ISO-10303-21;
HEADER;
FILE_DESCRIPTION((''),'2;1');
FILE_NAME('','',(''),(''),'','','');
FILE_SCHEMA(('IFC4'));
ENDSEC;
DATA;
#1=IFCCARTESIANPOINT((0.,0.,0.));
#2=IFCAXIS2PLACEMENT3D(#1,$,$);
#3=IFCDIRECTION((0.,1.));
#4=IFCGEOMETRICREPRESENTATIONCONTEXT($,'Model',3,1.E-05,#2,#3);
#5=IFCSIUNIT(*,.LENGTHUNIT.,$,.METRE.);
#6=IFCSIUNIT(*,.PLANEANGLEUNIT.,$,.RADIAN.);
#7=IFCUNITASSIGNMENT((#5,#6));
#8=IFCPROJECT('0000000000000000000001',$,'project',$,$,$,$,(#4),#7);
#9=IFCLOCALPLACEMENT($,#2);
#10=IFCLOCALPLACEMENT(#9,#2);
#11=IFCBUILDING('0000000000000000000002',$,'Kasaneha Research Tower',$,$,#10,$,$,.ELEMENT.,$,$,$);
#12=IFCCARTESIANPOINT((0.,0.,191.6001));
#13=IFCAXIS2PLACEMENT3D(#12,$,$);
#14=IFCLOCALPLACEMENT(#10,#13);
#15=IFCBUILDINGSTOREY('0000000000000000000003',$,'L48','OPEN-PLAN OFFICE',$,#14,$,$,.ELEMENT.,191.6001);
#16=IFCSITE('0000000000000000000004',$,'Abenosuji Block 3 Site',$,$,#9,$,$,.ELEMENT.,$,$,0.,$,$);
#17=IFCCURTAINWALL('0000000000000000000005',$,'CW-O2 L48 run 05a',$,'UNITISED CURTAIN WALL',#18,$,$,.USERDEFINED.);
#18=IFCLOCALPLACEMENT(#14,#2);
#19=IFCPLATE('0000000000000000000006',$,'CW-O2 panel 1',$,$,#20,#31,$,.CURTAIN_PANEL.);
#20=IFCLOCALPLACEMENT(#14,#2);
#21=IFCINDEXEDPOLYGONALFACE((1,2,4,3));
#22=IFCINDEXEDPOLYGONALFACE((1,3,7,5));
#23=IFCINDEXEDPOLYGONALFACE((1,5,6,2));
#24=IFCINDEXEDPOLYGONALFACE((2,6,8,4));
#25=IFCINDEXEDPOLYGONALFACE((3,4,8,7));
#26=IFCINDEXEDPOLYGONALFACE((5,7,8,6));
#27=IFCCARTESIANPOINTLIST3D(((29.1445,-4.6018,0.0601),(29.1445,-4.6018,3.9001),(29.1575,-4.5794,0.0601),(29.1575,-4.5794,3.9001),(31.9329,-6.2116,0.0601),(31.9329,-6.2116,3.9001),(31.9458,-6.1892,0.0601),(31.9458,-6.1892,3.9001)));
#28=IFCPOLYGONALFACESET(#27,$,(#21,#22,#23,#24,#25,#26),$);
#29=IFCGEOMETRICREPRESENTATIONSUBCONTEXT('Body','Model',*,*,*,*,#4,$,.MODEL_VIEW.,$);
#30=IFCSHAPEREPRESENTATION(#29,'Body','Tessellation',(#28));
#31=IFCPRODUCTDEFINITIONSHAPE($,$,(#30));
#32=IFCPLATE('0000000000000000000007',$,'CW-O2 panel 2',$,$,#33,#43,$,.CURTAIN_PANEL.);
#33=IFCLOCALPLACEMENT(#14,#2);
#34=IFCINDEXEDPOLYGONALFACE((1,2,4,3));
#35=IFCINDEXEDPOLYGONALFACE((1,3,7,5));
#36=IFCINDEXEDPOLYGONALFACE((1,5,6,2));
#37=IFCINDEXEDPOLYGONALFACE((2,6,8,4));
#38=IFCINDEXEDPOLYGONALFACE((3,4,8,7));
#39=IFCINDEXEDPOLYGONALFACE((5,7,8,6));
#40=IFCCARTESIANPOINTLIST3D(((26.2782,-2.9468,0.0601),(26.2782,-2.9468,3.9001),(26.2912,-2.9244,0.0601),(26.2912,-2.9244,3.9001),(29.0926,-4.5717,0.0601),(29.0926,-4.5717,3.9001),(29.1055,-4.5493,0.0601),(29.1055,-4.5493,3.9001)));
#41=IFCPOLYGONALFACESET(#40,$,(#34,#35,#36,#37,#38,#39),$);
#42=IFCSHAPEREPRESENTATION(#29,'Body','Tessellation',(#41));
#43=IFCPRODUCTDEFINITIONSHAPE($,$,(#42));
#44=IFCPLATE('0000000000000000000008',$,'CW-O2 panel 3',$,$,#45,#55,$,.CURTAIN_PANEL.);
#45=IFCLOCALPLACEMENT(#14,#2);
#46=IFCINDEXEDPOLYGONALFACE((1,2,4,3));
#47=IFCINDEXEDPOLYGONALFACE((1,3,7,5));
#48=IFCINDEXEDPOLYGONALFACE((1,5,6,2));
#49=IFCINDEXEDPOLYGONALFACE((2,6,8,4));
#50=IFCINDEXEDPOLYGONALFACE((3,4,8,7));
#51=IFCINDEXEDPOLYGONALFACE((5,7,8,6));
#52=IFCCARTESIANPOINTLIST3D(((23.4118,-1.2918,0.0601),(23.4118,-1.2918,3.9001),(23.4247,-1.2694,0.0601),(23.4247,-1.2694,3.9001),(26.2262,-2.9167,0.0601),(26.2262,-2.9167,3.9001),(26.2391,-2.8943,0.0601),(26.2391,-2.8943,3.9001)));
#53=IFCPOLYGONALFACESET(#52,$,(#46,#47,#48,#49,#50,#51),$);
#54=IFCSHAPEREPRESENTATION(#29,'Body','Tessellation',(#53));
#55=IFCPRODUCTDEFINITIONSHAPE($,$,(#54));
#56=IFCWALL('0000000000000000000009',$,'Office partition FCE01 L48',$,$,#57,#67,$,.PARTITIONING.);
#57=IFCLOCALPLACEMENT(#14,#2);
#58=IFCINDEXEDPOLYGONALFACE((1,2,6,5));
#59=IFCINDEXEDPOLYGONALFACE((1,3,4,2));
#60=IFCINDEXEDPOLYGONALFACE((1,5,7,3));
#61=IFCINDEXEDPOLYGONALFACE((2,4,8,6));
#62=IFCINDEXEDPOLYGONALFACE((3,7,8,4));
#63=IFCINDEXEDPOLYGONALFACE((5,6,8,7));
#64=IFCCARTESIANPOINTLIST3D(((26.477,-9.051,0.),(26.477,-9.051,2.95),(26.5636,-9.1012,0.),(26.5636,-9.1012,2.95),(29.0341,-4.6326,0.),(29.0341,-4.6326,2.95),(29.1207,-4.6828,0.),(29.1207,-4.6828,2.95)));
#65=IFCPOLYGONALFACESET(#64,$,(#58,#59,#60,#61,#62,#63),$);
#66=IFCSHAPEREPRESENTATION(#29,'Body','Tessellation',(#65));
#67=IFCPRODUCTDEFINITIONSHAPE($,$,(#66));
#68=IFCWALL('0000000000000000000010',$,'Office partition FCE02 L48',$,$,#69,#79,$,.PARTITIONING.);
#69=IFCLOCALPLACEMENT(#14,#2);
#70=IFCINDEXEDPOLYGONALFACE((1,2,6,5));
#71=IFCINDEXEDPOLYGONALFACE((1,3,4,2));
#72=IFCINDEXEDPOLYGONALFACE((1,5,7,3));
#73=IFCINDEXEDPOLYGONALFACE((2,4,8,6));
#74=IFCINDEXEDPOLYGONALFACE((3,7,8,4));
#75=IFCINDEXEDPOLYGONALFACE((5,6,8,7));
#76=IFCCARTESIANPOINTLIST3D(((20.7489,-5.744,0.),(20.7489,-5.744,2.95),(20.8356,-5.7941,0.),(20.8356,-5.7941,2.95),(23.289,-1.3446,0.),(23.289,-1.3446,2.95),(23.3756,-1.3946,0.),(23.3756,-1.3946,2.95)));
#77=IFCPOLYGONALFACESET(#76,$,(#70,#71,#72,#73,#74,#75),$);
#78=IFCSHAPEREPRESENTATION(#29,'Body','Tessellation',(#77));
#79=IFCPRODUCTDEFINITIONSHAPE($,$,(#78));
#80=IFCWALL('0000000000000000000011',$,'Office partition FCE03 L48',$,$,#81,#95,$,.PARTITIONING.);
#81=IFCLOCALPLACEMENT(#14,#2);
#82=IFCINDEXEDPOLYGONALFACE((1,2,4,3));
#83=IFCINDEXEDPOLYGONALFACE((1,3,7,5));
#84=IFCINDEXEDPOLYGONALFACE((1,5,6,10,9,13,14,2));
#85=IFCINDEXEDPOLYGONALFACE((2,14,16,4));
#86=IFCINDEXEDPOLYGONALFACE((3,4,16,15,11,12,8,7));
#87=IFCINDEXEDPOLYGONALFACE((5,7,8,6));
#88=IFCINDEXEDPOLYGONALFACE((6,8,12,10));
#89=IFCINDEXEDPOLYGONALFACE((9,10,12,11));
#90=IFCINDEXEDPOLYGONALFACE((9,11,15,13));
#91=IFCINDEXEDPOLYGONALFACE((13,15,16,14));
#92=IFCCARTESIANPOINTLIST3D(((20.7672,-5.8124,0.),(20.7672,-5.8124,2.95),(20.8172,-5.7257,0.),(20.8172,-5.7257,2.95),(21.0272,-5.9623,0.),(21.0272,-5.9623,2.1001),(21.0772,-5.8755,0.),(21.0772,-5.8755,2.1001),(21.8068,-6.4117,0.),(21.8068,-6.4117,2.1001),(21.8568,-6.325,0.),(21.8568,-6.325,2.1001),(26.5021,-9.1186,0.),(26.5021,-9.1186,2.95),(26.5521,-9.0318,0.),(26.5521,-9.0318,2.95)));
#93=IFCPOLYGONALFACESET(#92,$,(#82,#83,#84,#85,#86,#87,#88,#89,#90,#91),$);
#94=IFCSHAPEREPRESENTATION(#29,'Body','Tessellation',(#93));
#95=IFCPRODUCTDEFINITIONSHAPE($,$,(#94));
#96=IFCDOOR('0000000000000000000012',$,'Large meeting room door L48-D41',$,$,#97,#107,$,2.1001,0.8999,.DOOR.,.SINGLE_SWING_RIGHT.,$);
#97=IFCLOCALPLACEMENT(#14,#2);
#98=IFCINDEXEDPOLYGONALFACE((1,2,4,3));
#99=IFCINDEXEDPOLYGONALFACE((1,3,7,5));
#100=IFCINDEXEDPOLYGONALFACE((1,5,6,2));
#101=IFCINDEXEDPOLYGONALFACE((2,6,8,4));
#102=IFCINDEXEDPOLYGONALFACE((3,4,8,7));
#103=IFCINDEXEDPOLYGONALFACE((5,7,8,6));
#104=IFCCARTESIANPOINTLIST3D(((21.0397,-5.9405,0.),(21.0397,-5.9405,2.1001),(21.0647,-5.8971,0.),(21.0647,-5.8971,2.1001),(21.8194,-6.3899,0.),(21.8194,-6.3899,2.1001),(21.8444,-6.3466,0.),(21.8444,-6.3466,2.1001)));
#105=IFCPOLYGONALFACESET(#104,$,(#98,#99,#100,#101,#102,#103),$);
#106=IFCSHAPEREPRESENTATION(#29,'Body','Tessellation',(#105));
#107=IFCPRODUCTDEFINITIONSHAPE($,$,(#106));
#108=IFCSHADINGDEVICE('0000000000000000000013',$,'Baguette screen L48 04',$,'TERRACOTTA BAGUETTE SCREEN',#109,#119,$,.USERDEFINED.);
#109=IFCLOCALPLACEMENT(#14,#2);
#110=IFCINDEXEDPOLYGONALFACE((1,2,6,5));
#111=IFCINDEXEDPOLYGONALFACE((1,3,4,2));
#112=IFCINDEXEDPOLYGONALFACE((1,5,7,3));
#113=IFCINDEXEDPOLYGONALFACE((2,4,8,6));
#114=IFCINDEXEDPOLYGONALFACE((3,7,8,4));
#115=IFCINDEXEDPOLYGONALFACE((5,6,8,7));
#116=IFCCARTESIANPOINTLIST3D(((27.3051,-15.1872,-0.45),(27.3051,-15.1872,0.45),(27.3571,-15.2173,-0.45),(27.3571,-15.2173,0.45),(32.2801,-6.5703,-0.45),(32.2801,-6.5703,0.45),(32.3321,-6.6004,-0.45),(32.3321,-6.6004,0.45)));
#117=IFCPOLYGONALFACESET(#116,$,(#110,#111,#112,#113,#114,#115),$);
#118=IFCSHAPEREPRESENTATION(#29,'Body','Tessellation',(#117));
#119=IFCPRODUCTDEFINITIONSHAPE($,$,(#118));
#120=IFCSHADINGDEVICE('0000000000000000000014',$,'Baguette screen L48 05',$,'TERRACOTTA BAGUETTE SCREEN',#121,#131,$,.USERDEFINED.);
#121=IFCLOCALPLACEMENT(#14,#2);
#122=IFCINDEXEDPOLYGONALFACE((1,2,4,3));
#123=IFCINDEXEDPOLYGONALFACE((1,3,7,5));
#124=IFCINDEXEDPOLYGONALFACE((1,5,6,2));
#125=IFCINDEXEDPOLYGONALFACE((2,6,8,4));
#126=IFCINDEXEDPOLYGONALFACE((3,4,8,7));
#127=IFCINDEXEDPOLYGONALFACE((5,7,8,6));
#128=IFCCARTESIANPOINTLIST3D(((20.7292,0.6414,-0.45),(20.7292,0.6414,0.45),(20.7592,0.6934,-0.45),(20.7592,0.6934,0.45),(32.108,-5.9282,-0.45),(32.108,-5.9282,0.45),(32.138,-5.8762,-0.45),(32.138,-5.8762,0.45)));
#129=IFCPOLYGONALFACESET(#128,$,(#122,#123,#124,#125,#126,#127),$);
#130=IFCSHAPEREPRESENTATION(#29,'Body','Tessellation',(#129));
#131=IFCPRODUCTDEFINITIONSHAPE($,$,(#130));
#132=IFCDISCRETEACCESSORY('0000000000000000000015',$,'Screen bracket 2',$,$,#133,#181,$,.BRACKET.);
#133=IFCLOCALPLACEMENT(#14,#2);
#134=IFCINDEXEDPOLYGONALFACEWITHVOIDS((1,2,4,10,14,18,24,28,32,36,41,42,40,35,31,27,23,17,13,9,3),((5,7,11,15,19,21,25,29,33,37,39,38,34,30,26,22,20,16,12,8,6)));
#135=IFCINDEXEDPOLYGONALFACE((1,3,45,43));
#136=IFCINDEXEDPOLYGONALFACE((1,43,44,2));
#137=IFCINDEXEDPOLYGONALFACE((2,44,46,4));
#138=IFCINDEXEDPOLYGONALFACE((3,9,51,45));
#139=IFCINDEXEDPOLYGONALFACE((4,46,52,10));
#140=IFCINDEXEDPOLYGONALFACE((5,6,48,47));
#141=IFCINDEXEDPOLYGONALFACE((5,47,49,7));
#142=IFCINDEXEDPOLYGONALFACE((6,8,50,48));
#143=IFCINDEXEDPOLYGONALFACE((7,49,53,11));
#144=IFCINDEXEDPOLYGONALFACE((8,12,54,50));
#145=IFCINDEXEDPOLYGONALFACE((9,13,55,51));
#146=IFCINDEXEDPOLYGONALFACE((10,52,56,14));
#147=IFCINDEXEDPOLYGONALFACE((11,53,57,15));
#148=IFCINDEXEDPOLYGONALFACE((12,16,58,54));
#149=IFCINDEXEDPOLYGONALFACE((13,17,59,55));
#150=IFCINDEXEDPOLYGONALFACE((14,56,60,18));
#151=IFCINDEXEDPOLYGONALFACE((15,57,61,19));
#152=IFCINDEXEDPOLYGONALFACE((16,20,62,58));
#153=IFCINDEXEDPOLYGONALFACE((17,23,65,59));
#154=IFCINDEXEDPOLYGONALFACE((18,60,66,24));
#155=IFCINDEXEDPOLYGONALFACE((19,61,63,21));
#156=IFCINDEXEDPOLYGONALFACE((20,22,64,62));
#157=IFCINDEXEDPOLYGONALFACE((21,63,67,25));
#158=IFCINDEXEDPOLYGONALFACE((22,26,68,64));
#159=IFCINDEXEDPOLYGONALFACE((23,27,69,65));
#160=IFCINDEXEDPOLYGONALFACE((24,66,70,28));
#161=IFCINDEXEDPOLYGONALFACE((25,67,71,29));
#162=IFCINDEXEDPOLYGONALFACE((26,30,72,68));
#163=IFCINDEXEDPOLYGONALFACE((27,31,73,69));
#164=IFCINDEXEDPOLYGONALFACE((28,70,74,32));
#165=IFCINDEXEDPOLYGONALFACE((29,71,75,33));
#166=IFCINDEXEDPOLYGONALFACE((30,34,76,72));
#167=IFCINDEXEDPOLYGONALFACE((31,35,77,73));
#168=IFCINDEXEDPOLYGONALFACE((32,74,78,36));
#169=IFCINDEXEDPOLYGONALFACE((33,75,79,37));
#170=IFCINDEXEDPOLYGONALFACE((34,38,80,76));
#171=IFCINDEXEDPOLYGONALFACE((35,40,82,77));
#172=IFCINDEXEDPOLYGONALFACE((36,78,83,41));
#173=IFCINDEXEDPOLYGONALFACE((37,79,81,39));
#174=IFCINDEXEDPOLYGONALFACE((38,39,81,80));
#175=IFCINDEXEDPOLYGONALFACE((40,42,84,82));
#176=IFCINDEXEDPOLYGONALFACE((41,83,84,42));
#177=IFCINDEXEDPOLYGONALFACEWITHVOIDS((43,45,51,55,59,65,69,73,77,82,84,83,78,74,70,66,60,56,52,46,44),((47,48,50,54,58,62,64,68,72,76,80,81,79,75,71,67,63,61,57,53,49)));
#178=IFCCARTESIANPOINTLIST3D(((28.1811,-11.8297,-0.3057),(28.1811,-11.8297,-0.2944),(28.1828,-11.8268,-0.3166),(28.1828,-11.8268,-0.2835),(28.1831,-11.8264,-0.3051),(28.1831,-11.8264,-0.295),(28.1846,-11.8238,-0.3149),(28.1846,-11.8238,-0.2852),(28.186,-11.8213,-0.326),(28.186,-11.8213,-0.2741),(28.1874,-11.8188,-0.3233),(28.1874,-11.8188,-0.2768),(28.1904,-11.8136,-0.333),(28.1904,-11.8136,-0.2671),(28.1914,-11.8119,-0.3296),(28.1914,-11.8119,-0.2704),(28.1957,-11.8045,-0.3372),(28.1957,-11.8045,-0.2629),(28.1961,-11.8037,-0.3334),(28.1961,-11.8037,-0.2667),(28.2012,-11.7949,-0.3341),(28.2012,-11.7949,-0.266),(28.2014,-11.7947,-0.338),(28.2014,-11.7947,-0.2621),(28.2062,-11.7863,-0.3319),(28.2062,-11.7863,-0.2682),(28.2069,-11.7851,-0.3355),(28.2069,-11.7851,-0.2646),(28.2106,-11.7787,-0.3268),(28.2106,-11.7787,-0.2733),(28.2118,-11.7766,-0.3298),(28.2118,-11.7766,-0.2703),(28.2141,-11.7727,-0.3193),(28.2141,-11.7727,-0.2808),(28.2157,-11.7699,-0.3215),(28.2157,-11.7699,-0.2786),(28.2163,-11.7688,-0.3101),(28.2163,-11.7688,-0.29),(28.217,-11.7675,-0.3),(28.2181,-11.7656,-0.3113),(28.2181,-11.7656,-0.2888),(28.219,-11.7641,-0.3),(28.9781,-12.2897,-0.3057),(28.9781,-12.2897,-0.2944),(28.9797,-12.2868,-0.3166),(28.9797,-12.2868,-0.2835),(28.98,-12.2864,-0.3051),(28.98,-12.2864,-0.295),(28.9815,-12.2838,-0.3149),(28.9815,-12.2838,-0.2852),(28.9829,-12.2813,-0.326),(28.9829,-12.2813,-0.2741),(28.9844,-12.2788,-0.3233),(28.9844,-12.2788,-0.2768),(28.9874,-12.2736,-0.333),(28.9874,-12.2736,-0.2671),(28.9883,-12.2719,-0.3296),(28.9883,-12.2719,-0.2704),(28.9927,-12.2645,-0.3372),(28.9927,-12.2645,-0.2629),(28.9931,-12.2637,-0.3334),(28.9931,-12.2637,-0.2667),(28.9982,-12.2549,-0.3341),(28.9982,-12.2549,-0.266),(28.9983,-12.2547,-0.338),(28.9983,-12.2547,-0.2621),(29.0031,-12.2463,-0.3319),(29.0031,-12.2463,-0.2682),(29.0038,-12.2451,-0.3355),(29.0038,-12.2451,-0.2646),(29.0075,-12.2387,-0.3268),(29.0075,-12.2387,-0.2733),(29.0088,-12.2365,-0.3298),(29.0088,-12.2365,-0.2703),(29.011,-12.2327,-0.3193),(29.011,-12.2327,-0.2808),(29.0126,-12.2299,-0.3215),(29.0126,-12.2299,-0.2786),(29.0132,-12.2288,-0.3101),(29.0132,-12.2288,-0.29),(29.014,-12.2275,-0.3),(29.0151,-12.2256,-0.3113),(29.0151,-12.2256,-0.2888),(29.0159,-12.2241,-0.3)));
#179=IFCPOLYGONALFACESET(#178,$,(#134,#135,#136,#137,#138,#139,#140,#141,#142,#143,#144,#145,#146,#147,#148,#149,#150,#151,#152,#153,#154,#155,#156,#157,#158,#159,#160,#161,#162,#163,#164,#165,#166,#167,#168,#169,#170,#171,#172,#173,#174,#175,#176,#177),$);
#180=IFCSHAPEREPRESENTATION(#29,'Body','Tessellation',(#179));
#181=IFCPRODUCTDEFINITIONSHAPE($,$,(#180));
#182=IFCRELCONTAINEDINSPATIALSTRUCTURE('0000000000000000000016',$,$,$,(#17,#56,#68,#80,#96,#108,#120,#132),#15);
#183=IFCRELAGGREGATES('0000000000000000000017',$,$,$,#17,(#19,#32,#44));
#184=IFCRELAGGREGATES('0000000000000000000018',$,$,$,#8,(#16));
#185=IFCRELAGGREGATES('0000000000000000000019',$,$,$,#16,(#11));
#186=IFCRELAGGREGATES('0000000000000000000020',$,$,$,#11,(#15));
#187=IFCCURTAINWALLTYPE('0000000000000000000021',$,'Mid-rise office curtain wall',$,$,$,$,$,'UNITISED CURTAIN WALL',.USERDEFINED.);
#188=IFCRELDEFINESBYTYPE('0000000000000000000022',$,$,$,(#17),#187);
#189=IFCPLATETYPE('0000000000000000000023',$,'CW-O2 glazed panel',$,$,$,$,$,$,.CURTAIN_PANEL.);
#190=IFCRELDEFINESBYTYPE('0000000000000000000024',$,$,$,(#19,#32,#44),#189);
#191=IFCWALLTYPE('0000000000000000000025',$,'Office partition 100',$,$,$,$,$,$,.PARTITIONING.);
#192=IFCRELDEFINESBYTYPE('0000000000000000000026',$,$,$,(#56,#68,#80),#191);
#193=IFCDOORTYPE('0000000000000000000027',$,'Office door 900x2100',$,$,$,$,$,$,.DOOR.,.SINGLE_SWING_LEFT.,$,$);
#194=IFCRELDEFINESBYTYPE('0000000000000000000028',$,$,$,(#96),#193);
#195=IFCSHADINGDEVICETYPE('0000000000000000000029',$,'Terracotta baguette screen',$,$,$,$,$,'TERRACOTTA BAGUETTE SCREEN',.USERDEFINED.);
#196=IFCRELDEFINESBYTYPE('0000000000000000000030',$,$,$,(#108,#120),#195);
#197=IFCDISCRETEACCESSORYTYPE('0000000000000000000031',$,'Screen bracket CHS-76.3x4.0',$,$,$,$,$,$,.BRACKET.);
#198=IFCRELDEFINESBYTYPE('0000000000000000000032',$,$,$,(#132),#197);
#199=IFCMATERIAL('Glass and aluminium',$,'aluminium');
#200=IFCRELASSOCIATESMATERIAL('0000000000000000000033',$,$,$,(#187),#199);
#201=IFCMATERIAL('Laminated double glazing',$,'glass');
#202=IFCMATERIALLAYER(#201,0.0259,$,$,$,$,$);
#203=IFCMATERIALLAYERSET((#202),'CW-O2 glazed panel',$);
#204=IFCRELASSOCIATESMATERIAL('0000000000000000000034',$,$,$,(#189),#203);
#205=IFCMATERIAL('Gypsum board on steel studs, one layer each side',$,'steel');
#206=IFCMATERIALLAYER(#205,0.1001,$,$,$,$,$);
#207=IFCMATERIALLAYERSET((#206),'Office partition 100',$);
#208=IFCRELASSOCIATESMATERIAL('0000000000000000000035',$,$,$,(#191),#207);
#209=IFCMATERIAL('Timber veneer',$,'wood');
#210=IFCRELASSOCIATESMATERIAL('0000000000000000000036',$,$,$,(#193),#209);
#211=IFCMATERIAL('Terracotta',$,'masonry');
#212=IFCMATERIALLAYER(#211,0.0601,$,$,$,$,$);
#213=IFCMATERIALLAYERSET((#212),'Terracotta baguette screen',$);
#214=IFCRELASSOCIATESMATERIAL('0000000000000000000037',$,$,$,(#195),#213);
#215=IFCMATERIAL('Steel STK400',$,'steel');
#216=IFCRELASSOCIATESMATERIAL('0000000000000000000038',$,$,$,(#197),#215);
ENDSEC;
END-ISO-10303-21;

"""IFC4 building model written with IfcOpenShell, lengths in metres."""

from ifc_helpers import new_model, si_unit, direction, frame, frame_2d, origin, origin_2d, place, context, subcontext, project, spatial, rectangle, hollow_circle, extrude, material, layer, layer_set, material_profile, profile_set, type_object, element, fill, aggregate, save


model = new_model("IFC4")

# Units and contexts
model_context = context("Model", 3, precision=1e-05, world=origin(), true_north=direction((0.0, 1.0)))
body_context = subcontext(model_context, "Body", "Model", "MODEL_VIEW")
ifc_project = project(units=[si_unit("LENGTHUNIT", "METRE"), si_unit("PLANEANGLEUNIT", "RADIAN")], contexts=[model_context])

# Site, building, storey
site_placement = place(None, origin())
site = spatial("IfcSite", under=ifc_project, at=site_placement, Name="Abenosuji Block 3 Site", CompositionType="ELEMENT", RefElevation=0.0)
building_placement = place(site_placement, origin())
building = spatial("IfcBuilding", under=site, at=building_placement, Name="Kasaneha Research Tower", CompositionType="ELEMENT")
storey_placement = place(building_placement, frame((0.0, 0.0, 191.6001)))
storey = spatial("IfcBuildingStorey", under=building, at=storey_placement, Name="L48", Description="OPEN-PLAN OFFICE", CompositionType="ELEMENT", Elevation=191.6001)

# Curtain wall
ifc_material_1 = material(Name="Glass and aluminium", Category="aluminium")
curtain_wall_type = type_object("IfcCurtainWallType", Name="Mid-rise office curtain wall", ElementType="UNITISED CURTAIN WALL", PredefinedType="USERDEFINED", material=ifc_material_1)
curtain_wall_1_placement = place(storey_placement, origin())
curtain_wall_1 = element("IfcCurtainWall", 1, at=curtain_wall_1_placement, inside=storey, type_object=curtain_wall_type, Name="CW-O2 L48 run 05a", ObjectType="UNITISED CURTAIN WALL", PredefinedType="USERDEFINED")

# Plates
ifc_material_2 = material(Name="Laminated double glazing", Category="glass")
ifc_layer_1 = layer(ifc_material_2, 0.0259)
ifc_layer_set_1 = layer_set([ifc_layer_1], Name="CW-O2 glazed panel")
plate_type = type_object("IfcPlateType", Name="CW-O2 glazed panel", PredefinedType="CURTAIN_PANEL", material=ifc_layer_set_1)
plate_1_placement = place(storey_placement, frame((30.5452, -5.3955, 0.0601), z_axis=(0.0, 0.0, 1.0), x_axis=(-0.866025, 0.5, 0.0)))
plate_1 = element("IfcPlate", 2, at=plate_1_placement, type_object=plate_type, Name="CW-O2 panel 1", PredefinedType="CURTAIN_PANEL", context=body_context, shape_type="SweptSolid", body=[
    extrude(rectangle(XDim=3.2197, YDim=0.0259, at=origin_2d()), origin(), (0.0, 0.0, 1.0), 3.8401),
])
plate_2_placement = place(storey_placement, frame((27.6919, -3.748, 0.0601), z_axis=(0.0, 0.0, 1.0), x_axis=(-0.866025, 0.5, 0.0)))
plate_2 = element("IfcPlate", 3, at=plate_2_placement, type_object=plate_type, Name="CW-O2 panel 2", PredefinedType="CURTAIN_PANEL", context=body_context, shape_type="SweptSolid", body=[
    extrude(rectangle(XDim=3.2498, YDim=0.0259, at=origin_2d()), origin(), (0.0, 0.0, 1.0), 3.8401),
])
plate_3_placement = place(storey_placement, frame((24.8254, -2.093, 0.0601), z_axis=(0.0, 0.0, 1.0), x_axis=(-0.866025, 0.5, 0.0)))
plate_3 = element("IfcPlate", 4, at=plate_3_placement, type_object=plate_type, Name="CW-O2 panel 3", PredefinedType="CURTAIN_PANEL", context=body_context, shape_type="SweptSolid", body=[
    extrude(rectangle(XDim=3.2498, YDim=0.0259, at=origin_2d()), origin(), (0.0, 0.0, 1.0), 3.8401),
])
aggregate(curtain_wall_1, [plate_1, plate_2, plate_3])

# Walls
ifc_material_3 = material(Name="Gypsum board on steel studs, one layer each side", Category="steel")
ifc_layer_2 = layer(ifc_material_3, 0.1001)
ifc_layer_set_2 = layer_set([ifc_layer_2], Name="Office partition 100")
wall_type = type_object("IfcWallType", Name="Office partition 100", PredefinedType="PARTITIONING", material=ifc_layer_set_2)
wall_1_placement = place(storey_placement, frame((29.0774, -4.6577, 0.0), z_axis=(0.0, 0.0, 1.0), x_axis=(-0.500901, -0.865505, 0.0)))
element("IfcWall", 5, at=wall_1_placement, inside=storey, type_object=wall_type, Name="Office partition FCE01 L48", PredefinedType="PARTITIONING", context=body_context, shape_type="SweptSolid", body=[
    extrude(rectangle(XDim=5.105, YDim=0.1001, at=frame_2d((2.5525, 0.0))), origin(), (0.0, 0.0, 1.0), 2.95),
])
wall_2_placement = place(storey_placement, frame((20.7922, -5.769, 0.0), z_axis=(0.0, 0.0, 1.0), x_axis=(0.500005, 0.866022, 0.0)))
element("IfcWall", 6, at=wall_2_placement, inside=storey, type_object=wall_type, Name="Office partition FCE02 L48", PredefinedType="PARTITIONING", context=body_context, shape_type="SweptSolid", body=[
    extrude(rectangle(XDim=5.0801, YDim=0.1001, at=frame_2d((2.54, 0.0))), origin(), (0.0, 0.0, 1.0), 2.95),
])

# Wall, opening, door
wall_3_placement = place(storey_placement, frame((26.5271, -9.0752, 0.0), z_axis=(0.0, 0.0, 1.0), x_axis=(-0.866344, 0.499448, 0.0)))
wall_3 = element("IfcWall", 7, at=wall_3_placement, inside=storey, type_object=wall_type, Name="Office partition FCE03 L48", PredefinedType="PARTITIONING", context=body_context, shape_type="SweptSolid", body=[
    extrude(rectangle(XDim=6.6196, YDim=0.1001, at=frame_2d((3.3098, 0.0))), origin(), (0.0, 0.0, 1.0), 2.95),
])
opening_placement = place(wall_3_placement, frame((5.4197, 0.0, 0.0)))
opening = element("IfcOpeningElement", 8, at=opening_placement, cuts=wall_3, PredefinedType="OPENING", context=body_context, shape_type="SweptSolid", body=[
    extrude(rectangle(XDim=0.8999, YDim=2.1001, at=frame_2d((0.45, 1.05))), frame((0.0, 0.0601, 0.0), z_axis=(0.0, -1.0, 0.0), x_axis=(1.0, 0.0, 0.0)), (0.0, 0.0, 1.0), 0.1201),
])
ifc_material_4 = material(Name="Timber veneer", Category="wood")
door_type = type_object("IfcDoorType", Name="Office door 900x2100", OperationType="SINGLE_SWING_LEFT", PredefinedType="DOOR", material=ifc_material_4)
door_placement = place(opening_placement, origin())
door = element("IfcDoor", 9, at=door_placement, inside=storey, type_object=door_type, Name="Large meeting room door L48-D41", OperationType="SINGLE_SWING_RIGHT", OverallHeight=2.1001, OverallWidth=0.8999, PredefinedType="DOOR", context=body_context, shape_type="SweptSolid", body=[
    extrude(rectangle(XDim=0.8999, YDim=2.1001, at=frame_2d((0.45, 1.05))), frame((0.0, 0.0249, 0.0), z_axis=(0.0, -1.0, 0.0), x_axis=(1.0, 0.0, 0.0)), (0.0, 0.0, 1.0), 0.05),
])
fill(opening, door)

# Shading devices
ifc_material_5 = material(Name="Terracotta", Category="masonry")
ifc_layer_3 = layer(ifc_material_5, 0.0601)
ifc_layer_set_3 = layer_set([ifc_layer_3], Name="Terracotta baguette screen")
shading_device_type = type_object("IfcShadingDeviceType", Name="Terracotta baguette screen", ElementType="TERRACOTTA BAGUETTE SCREEN", PredefinedType="USERDEFINED", material=ifc_layer_set_3)
shading_device_1_placement = place(storey_placement, frame((29.8186, -10.8938, -0.45), z_axis=(0.0, 0.0, 1.0), x_axis=(0.5, 0.866025, 0.0)))
element("IfcShadingDevice", 10, at=shading_device_1_placement, inside=storey, type_object=shading_device_type, Name="Baguette screen L48 04", ObjectType="TERRACOTTA BAGUETTE SCREEN", PredefinedType="USERDEFINED", context=body_context, shape_type="SweptSolid", body=[
    extrude(rectangle(XDim=9.95, YDim=0.0601, at=origin_2d()), origin(), (0.0, 0.0, 1.0), 0.8999),
])
shading_device_2_placement = place(storey_placement, frame((26.4336, -2.6174, -0.45), z_axis=(0.0, 0.0, 1.0), x_axis=(-0.866025, 0.5, 0.0)))
element("IfcShadingDevice", 11, at=shading_device_2_placement, inside=storey, type_object=shading_device_type, Name="Baguette screen L48 05", ObjectType="TERRACOTTA BAGUETTE SCREEN", PredefinedType="USERDEFINED", context=body_context, shape_type="SweptSolid", body=[
    extrude(rectangle(XDim=13.1392, YDim=0.0601, at=origin_2d()), origin(), (0.0, 0.0, 1.0), 0.8999),
])

# Discrete accessory
ifc_material_6 = material(Name="Steel STK400", Category="steel")
ifc_material_profile_1 = material_profile(ifc_material_6, hollow_circle(Radius=0.0381, WallThickness=0.0039, at=origin_2d()), Name="CHS-76.3x4.0")
ifc_profile_set_1 = profile_set([ifc_material_profile_1], Name="Steel STK400")
discrete_accessory_type = type_object("IfcDiscreteAccessoryType", Name="Screen bracket CHS-76.3x4.0", PredefinedType="BRACKET", material=ifc_profile_set_1)
discrete_accessory_1_placement = place(storey_placement, frame((28.2, -11.7971, -0.3), z_axis=(0.86608, -0.499906, 0.0), x_axis=(0.499906, 0.86608, 0.0)))
element("IfcDiscreteAccessory", 12, at=discrete_accessory_1_placement, inside=storey, type_object=discrete_accessory_type, Name="Screen bracket 2", PredefinedType="BRACKET", context=body_context, shape_type="SweptSolid", body=[
    extrude(hollow_circle(Radius=0.0381, WallThickness=0.0039, at=origin_2d()), origin(), (0.0, 0.0, 1.0), 0.9202),
])

save(model, "model.ifc")
